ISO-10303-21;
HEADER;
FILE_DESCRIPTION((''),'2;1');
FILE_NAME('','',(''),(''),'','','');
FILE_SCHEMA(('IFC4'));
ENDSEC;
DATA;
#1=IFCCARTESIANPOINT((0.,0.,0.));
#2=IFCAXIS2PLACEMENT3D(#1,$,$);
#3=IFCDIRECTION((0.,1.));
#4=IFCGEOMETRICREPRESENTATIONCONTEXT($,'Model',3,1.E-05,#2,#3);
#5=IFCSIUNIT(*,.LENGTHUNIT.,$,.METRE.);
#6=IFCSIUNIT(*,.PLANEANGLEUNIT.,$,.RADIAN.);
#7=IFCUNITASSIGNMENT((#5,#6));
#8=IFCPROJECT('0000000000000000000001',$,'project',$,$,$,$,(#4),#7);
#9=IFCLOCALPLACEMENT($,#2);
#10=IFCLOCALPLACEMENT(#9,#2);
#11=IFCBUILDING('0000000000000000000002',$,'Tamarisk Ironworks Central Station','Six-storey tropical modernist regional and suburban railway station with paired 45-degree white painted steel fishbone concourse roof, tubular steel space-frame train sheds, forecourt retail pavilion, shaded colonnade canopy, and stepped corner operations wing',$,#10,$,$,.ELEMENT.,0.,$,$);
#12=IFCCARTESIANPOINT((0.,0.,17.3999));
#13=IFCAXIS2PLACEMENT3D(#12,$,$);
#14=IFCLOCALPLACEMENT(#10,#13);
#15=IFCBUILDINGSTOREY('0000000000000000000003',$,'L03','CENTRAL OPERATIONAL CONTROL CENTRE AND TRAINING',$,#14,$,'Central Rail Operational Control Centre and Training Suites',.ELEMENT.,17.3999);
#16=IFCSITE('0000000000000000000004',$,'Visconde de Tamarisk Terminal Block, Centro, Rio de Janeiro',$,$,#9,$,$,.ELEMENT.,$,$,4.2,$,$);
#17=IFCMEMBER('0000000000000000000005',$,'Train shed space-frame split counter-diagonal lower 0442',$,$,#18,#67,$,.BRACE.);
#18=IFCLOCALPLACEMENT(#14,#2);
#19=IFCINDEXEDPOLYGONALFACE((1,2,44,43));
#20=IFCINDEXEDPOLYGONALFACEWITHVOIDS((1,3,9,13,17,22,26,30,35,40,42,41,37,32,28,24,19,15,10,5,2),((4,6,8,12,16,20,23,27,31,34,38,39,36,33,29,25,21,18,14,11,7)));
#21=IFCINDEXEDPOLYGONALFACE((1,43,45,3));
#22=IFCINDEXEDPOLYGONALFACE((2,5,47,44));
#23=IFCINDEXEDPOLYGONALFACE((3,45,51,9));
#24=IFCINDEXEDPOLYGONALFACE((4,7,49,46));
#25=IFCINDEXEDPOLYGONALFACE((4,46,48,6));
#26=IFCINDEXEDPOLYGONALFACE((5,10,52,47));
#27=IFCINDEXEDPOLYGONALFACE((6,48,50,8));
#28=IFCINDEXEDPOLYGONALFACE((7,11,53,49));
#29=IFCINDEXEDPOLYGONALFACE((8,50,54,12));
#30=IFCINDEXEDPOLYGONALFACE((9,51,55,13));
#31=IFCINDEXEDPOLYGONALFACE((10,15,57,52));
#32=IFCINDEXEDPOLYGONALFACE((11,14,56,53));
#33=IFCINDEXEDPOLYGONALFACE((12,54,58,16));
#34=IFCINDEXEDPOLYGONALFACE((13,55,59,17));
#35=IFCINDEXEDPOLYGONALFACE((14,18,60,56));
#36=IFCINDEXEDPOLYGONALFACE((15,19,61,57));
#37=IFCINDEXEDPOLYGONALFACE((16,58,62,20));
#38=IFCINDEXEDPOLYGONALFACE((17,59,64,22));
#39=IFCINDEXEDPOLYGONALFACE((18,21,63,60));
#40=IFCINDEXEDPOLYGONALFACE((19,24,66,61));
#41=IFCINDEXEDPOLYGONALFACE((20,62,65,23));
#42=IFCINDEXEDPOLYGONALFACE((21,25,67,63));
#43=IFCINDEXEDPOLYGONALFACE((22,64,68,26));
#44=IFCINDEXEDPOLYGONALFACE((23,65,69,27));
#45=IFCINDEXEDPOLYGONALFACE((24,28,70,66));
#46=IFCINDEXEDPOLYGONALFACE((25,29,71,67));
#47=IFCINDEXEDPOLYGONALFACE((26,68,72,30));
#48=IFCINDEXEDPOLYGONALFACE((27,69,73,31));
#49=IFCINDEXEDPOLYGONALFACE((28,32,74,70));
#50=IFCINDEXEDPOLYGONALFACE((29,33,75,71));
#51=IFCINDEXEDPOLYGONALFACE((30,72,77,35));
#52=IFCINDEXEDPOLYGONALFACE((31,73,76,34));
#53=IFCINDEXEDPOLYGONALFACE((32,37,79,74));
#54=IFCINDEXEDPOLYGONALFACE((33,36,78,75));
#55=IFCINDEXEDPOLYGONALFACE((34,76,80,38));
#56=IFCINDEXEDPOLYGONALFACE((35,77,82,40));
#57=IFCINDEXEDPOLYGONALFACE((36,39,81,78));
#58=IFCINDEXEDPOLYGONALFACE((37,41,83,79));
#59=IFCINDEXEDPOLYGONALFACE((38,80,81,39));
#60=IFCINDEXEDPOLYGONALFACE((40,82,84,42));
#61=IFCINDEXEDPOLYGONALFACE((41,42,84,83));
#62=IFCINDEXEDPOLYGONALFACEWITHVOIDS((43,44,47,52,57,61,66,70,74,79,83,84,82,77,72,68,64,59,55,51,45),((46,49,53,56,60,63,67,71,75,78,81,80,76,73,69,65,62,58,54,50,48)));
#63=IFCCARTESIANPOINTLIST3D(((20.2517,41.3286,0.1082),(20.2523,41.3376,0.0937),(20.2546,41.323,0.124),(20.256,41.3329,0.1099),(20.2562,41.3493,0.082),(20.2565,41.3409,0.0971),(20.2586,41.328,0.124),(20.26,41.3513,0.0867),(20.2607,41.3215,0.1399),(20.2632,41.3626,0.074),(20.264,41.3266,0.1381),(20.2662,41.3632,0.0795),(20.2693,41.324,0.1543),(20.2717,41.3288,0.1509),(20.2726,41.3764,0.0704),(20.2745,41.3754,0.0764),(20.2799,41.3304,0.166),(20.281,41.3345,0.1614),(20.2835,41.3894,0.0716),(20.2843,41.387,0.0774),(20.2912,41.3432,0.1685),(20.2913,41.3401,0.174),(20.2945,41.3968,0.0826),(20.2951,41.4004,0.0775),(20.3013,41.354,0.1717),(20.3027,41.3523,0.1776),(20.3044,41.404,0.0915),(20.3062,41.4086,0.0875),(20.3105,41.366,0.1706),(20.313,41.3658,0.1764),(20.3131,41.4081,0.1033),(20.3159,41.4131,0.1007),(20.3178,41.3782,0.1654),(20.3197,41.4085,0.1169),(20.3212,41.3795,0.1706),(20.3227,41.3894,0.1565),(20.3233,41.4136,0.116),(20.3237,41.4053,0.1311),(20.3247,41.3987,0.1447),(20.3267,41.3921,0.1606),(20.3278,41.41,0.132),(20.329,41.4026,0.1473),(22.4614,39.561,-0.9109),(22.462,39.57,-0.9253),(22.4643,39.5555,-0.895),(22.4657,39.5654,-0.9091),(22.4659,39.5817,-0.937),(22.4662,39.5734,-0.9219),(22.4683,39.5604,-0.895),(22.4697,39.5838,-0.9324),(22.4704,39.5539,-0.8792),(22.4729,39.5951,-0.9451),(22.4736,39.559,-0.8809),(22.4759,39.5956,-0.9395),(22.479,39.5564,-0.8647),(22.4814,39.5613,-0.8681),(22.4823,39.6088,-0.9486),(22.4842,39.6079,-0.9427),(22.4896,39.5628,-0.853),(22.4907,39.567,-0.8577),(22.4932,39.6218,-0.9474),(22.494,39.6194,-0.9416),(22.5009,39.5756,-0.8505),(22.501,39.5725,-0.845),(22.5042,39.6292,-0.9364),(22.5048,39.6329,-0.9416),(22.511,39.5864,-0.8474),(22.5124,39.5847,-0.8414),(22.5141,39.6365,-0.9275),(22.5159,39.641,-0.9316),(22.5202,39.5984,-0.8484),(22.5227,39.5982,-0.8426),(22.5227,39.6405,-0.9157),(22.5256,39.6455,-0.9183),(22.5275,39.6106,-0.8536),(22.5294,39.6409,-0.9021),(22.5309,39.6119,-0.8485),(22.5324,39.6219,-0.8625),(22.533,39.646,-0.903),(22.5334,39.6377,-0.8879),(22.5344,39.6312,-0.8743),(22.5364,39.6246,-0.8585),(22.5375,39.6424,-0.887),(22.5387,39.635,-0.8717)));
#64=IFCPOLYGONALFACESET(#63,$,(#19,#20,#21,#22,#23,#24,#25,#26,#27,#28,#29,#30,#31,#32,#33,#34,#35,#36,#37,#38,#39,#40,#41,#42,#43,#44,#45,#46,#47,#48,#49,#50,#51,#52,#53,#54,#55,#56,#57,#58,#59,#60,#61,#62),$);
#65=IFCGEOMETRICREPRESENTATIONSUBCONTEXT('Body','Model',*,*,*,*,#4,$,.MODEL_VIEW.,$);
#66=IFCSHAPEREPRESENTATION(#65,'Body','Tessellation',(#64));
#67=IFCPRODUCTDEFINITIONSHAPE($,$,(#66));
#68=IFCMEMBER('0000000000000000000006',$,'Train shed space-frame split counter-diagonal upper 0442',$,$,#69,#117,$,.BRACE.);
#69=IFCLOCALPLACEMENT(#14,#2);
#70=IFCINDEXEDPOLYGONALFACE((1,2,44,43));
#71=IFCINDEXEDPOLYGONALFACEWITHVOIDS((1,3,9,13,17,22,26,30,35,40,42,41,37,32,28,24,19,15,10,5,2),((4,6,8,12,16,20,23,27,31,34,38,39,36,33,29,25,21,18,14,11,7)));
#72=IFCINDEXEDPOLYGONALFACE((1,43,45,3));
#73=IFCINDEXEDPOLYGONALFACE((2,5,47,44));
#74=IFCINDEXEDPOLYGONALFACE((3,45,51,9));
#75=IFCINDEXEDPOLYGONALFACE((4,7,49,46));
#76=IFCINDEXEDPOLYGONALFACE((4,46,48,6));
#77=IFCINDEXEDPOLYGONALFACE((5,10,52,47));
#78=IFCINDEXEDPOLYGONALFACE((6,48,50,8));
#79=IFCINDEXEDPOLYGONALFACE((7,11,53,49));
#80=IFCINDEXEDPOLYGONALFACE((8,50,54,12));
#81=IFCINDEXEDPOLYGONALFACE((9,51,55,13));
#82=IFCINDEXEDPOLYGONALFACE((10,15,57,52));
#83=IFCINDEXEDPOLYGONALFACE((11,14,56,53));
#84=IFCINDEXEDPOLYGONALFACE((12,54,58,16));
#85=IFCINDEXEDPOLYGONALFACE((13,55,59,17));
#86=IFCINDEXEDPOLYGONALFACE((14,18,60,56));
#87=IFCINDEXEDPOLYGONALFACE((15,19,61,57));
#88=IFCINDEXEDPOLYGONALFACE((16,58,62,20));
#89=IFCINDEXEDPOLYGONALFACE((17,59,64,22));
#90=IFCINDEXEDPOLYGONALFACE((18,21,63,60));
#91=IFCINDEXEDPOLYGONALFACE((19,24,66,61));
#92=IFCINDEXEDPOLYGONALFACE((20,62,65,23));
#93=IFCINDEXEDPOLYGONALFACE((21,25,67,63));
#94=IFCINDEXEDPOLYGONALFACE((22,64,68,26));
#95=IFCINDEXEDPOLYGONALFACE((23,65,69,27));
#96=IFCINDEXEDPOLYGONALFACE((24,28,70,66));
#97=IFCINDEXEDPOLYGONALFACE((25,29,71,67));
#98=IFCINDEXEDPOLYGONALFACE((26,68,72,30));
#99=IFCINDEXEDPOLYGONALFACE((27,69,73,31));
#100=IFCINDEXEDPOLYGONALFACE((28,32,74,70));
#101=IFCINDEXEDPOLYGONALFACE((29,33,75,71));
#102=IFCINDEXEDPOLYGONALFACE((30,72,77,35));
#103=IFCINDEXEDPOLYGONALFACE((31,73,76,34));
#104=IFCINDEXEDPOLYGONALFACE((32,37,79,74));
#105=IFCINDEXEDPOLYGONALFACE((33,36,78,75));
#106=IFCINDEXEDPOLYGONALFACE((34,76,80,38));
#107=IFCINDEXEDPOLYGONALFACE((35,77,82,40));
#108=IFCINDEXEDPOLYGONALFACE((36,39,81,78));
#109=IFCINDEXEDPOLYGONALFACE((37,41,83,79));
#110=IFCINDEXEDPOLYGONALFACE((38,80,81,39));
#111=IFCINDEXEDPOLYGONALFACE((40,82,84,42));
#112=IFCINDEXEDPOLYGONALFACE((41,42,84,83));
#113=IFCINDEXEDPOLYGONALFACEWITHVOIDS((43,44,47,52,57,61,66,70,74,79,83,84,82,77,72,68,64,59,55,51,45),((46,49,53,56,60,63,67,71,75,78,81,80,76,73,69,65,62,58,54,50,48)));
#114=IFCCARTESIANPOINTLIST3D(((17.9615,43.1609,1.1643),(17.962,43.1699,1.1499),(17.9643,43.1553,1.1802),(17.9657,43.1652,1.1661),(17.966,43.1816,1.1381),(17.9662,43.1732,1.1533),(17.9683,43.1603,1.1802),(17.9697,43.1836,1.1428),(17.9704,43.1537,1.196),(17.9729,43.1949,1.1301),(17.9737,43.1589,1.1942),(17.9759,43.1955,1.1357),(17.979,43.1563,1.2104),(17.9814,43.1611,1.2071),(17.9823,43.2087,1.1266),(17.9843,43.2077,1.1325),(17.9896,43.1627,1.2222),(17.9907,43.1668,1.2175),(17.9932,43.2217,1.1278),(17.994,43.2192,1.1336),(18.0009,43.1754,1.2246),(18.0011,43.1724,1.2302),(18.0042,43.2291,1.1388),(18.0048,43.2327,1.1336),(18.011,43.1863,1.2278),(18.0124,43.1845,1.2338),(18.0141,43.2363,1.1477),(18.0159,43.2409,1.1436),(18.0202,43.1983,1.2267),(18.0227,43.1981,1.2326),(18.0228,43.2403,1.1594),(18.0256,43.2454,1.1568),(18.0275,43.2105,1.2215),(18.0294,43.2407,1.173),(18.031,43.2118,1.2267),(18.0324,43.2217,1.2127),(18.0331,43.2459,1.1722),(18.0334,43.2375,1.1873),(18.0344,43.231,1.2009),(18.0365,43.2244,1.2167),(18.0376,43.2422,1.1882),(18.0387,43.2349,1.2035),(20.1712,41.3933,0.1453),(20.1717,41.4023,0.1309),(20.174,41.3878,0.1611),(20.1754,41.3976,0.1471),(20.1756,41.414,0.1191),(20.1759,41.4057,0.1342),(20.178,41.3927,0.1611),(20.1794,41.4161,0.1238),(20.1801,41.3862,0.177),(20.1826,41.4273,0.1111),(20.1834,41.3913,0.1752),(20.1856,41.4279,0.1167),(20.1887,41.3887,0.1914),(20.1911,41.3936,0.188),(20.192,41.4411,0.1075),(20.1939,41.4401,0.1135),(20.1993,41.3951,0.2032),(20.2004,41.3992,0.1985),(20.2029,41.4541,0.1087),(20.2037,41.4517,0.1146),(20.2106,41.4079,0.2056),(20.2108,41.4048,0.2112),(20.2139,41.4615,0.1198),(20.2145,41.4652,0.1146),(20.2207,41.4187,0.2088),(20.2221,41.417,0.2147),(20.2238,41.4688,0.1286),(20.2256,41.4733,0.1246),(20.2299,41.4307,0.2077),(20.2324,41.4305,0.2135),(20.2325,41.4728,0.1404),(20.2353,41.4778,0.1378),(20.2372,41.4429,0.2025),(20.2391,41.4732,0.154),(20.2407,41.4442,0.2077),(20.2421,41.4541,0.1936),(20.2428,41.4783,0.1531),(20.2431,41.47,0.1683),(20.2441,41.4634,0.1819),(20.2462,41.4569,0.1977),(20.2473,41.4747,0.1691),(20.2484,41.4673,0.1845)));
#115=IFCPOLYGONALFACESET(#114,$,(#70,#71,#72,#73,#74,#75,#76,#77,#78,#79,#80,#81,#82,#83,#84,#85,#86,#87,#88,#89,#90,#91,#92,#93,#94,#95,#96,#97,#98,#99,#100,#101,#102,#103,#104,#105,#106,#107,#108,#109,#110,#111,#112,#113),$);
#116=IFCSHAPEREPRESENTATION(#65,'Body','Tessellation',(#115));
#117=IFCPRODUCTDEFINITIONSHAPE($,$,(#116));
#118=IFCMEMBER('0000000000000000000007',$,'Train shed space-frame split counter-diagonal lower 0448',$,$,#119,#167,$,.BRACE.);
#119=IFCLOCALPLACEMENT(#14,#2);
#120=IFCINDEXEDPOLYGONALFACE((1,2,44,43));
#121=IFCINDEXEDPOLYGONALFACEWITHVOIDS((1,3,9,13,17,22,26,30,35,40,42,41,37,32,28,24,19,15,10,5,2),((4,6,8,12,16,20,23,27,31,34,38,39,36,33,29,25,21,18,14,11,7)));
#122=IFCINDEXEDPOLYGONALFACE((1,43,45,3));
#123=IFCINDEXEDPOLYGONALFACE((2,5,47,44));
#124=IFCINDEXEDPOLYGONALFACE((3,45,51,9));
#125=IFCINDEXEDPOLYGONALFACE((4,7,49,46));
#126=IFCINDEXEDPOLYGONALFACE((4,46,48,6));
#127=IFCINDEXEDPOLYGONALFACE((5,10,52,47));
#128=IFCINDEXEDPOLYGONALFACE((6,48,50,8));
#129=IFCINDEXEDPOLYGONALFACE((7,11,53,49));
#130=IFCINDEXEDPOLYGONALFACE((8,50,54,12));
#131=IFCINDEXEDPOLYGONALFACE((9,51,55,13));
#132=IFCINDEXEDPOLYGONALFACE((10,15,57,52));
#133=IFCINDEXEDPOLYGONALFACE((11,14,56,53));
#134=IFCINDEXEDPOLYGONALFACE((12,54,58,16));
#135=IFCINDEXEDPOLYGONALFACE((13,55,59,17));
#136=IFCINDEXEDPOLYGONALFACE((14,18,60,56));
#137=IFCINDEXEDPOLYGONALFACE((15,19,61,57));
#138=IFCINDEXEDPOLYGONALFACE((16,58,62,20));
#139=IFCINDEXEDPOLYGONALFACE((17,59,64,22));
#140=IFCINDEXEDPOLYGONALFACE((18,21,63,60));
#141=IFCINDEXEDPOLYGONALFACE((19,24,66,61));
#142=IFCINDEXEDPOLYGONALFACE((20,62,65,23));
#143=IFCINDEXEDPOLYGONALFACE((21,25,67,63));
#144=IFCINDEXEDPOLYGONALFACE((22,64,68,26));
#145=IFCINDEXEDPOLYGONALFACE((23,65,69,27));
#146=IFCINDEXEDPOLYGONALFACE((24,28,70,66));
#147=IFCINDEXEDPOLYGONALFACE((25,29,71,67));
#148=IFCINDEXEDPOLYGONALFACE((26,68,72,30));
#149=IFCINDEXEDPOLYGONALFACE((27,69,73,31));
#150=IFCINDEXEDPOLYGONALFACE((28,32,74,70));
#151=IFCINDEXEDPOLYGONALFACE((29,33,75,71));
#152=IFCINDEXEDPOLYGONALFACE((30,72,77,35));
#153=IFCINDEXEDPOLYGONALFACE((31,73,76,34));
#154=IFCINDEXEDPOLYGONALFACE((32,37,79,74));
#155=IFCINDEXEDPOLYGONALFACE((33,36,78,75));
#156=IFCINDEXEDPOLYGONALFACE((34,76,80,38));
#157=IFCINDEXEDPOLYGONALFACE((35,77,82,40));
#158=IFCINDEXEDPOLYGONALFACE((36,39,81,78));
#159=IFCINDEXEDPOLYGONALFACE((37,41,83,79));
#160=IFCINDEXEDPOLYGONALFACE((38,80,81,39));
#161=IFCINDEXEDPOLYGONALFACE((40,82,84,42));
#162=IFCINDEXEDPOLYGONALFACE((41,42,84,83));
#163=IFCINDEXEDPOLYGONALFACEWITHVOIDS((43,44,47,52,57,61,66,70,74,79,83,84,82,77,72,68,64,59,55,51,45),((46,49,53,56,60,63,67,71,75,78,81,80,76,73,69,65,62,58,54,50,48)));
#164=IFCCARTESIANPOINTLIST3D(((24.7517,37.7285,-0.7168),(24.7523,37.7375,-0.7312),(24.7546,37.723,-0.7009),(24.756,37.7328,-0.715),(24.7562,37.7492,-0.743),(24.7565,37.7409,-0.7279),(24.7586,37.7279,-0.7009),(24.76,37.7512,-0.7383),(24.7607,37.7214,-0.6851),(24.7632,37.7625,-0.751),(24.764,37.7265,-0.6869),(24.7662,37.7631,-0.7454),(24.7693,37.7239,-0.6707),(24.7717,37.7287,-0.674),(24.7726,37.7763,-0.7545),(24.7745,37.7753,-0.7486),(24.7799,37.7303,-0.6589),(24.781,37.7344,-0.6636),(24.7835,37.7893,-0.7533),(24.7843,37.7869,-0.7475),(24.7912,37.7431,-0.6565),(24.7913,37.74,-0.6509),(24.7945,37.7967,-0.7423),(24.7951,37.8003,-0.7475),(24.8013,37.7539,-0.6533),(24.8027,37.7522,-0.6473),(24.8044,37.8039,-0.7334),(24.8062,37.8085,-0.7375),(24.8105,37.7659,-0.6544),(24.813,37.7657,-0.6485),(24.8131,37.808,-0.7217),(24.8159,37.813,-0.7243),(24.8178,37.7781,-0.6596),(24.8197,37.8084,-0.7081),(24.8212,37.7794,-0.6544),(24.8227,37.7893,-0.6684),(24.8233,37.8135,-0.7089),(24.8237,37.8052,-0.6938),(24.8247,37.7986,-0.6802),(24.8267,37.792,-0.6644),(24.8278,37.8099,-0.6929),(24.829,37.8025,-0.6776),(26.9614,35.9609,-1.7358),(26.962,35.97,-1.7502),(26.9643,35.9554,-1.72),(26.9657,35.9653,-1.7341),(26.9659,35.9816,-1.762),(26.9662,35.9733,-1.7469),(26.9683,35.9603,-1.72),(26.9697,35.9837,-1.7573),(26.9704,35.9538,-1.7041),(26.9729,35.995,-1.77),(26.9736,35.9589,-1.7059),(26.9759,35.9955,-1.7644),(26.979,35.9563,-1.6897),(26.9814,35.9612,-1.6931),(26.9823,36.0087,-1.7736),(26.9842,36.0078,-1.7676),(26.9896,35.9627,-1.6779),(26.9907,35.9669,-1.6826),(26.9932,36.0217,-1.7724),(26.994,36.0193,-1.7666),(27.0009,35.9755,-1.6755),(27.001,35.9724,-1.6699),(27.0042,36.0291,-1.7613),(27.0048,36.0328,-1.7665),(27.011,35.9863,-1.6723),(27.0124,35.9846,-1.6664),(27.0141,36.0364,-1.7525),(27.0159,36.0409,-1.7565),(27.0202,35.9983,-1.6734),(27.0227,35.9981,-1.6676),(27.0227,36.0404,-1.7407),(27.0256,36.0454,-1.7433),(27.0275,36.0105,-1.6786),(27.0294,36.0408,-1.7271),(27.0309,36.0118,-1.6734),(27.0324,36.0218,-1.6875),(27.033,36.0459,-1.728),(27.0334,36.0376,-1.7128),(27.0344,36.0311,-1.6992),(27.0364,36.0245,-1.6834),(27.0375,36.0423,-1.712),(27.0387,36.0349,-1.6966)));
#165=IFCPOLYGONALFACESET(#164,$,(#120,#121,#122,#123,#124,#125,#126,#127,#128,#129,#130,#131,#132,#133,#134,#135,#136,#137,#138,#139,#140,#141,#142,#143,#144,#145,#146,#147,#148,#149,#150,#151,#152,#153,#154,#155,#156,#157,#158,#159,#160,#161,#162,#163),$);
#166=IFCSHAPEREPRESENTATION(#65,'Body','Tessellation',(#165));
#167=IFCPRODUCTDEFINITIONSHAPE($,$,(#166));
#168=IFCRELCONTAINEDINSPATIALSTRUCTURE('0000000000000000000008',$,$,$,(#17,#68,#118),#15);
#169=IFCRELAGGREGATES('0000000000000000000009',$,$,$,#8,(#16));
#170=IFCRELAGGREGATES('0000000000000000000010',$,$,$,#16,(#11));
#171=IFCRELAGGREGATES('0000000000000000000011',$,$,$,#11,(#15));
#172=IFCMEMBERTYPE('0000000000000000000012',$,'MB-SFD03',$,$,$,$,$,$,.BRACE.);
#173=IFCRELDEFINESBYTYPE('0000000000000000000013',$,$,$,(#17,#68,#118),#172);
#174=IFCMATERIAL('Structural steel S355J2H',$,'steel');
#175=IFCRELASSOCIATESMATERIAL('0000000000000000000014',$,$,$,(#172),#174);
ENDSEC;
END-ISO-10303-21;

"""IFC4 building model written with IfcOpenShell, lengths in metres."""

from ifc_helpers import new_model, si_unit, direction, frame, origin, origin_2d, place, context, subcontext, project, spatial, hollow_circle, extrude, material, material_profile, profile_set, type_object, element, save


model = new_model("IFC4")

# Units and contexts
model_context = context("Model", 3, precision=1e-05, world=origin(), true_north=direction((0.0, 1.0)))
body_context = subcontext(model_context, "Body", "Model", "MODEL_VIEW")
ifc_project = project(units=[si_unit("LENGTHUNIT", "METRE"), si_unit("PLANEANGLEUNIT", "RADIAN")], contexts=[model_context])

# Site, building, storey
site_placement = place(None, origin())
site = spatial("IfcSite", under=ifc_project, at=site_placement, Name="Visconde de Tamarisk Terminal Block, Centro, Rio de Janeiro", CompositionType="ELEMENT", RefElevation=4.2)
building_placement = place(site_placement, origin())
building = spatial("IfcBuilding", under=site, at=building_placement, Name="Tamarisk Ironworks Central Station", Description="Six-storey tropical modernist regional and suburban railway station with paired 45-degree white painted steel fishbone concourse roof, tubular steel space-frame train sheds, forecourt retail pavilion, shaded colonnade canopy, and stepped corner operations wing", CompositionType="ELEMENT", ElevationOfRefHeight=0.0)
storey_placement = place(building_placement, frame((0.0, 0.0, 17.3999)))
storey = spatial("IfcBuildingStorey", under=building, at=storey_placement, Name="L03", Description="CENTRAL OPERATIONAL CONTROL CENTRE AND TRAINING", LongName="Central Rail Operational Control Centre and Training Suites", CompositionType="ELEMENT", Elevation=17.3999)

# Members
ifc_material_1 = material(Name="Structural steel S355J2H", Category="steel")
ifc_material_profile_1 = material_profile(ifc_material_1, hollow_circle(Radius=0.0571, WallThickness=0.0063, at=origin_2d()), Name="CHS 114.3x6.3")
ifc_profile_set_1 = profile_set([ifc_material_profile_1], Name="Structural steel S355J2H")
member_type_1 = type_object("IfcMemberType", Name="MB-SFD03", PredefinedType="BRACE", material=ifc_profile_set_1)
for number, where, z_axis, x_axis, name in (
    (1, (22.5, 39.6001, -0.895), (-0.734712, 0.587705, 0.338823), (-0.624653, -0.780902, 0.0), "Train shed space-frame split counter-diagonal lower 0442"),
    (2, (20.2097, 41.4324, 0.1611), (-0.734712, 0.587705, 0.338823), (-0.624653, -0.780902, 0.0), "Train shed space-frame split counter-diagonal upper 0442"),
    (3, (27.0, 36.0, -1.72), (-0.734712, 0.587705, 0.338823), (-0.624653, -0.780902, 0.0), "Train shed space-frame split counter-diagonal lower 0448"),
):
    element("IfcMember", number, at=place(storey_placement, frame(where, z_axis=z_axis, x_axis=x_axis)), inside=storey, type_object=member_type_1, Name=name, PredefinedType="BRACE", context=body_context, shape_type="SweptSolid", body=[
        extrude(hollow_circle(Radius=0.0571, WallThickness=0.0063, at=origin_2d()), origin(), (0.0, 0.0, 1.0), 3.0076),
    ])

save(model, "model.ifc")
